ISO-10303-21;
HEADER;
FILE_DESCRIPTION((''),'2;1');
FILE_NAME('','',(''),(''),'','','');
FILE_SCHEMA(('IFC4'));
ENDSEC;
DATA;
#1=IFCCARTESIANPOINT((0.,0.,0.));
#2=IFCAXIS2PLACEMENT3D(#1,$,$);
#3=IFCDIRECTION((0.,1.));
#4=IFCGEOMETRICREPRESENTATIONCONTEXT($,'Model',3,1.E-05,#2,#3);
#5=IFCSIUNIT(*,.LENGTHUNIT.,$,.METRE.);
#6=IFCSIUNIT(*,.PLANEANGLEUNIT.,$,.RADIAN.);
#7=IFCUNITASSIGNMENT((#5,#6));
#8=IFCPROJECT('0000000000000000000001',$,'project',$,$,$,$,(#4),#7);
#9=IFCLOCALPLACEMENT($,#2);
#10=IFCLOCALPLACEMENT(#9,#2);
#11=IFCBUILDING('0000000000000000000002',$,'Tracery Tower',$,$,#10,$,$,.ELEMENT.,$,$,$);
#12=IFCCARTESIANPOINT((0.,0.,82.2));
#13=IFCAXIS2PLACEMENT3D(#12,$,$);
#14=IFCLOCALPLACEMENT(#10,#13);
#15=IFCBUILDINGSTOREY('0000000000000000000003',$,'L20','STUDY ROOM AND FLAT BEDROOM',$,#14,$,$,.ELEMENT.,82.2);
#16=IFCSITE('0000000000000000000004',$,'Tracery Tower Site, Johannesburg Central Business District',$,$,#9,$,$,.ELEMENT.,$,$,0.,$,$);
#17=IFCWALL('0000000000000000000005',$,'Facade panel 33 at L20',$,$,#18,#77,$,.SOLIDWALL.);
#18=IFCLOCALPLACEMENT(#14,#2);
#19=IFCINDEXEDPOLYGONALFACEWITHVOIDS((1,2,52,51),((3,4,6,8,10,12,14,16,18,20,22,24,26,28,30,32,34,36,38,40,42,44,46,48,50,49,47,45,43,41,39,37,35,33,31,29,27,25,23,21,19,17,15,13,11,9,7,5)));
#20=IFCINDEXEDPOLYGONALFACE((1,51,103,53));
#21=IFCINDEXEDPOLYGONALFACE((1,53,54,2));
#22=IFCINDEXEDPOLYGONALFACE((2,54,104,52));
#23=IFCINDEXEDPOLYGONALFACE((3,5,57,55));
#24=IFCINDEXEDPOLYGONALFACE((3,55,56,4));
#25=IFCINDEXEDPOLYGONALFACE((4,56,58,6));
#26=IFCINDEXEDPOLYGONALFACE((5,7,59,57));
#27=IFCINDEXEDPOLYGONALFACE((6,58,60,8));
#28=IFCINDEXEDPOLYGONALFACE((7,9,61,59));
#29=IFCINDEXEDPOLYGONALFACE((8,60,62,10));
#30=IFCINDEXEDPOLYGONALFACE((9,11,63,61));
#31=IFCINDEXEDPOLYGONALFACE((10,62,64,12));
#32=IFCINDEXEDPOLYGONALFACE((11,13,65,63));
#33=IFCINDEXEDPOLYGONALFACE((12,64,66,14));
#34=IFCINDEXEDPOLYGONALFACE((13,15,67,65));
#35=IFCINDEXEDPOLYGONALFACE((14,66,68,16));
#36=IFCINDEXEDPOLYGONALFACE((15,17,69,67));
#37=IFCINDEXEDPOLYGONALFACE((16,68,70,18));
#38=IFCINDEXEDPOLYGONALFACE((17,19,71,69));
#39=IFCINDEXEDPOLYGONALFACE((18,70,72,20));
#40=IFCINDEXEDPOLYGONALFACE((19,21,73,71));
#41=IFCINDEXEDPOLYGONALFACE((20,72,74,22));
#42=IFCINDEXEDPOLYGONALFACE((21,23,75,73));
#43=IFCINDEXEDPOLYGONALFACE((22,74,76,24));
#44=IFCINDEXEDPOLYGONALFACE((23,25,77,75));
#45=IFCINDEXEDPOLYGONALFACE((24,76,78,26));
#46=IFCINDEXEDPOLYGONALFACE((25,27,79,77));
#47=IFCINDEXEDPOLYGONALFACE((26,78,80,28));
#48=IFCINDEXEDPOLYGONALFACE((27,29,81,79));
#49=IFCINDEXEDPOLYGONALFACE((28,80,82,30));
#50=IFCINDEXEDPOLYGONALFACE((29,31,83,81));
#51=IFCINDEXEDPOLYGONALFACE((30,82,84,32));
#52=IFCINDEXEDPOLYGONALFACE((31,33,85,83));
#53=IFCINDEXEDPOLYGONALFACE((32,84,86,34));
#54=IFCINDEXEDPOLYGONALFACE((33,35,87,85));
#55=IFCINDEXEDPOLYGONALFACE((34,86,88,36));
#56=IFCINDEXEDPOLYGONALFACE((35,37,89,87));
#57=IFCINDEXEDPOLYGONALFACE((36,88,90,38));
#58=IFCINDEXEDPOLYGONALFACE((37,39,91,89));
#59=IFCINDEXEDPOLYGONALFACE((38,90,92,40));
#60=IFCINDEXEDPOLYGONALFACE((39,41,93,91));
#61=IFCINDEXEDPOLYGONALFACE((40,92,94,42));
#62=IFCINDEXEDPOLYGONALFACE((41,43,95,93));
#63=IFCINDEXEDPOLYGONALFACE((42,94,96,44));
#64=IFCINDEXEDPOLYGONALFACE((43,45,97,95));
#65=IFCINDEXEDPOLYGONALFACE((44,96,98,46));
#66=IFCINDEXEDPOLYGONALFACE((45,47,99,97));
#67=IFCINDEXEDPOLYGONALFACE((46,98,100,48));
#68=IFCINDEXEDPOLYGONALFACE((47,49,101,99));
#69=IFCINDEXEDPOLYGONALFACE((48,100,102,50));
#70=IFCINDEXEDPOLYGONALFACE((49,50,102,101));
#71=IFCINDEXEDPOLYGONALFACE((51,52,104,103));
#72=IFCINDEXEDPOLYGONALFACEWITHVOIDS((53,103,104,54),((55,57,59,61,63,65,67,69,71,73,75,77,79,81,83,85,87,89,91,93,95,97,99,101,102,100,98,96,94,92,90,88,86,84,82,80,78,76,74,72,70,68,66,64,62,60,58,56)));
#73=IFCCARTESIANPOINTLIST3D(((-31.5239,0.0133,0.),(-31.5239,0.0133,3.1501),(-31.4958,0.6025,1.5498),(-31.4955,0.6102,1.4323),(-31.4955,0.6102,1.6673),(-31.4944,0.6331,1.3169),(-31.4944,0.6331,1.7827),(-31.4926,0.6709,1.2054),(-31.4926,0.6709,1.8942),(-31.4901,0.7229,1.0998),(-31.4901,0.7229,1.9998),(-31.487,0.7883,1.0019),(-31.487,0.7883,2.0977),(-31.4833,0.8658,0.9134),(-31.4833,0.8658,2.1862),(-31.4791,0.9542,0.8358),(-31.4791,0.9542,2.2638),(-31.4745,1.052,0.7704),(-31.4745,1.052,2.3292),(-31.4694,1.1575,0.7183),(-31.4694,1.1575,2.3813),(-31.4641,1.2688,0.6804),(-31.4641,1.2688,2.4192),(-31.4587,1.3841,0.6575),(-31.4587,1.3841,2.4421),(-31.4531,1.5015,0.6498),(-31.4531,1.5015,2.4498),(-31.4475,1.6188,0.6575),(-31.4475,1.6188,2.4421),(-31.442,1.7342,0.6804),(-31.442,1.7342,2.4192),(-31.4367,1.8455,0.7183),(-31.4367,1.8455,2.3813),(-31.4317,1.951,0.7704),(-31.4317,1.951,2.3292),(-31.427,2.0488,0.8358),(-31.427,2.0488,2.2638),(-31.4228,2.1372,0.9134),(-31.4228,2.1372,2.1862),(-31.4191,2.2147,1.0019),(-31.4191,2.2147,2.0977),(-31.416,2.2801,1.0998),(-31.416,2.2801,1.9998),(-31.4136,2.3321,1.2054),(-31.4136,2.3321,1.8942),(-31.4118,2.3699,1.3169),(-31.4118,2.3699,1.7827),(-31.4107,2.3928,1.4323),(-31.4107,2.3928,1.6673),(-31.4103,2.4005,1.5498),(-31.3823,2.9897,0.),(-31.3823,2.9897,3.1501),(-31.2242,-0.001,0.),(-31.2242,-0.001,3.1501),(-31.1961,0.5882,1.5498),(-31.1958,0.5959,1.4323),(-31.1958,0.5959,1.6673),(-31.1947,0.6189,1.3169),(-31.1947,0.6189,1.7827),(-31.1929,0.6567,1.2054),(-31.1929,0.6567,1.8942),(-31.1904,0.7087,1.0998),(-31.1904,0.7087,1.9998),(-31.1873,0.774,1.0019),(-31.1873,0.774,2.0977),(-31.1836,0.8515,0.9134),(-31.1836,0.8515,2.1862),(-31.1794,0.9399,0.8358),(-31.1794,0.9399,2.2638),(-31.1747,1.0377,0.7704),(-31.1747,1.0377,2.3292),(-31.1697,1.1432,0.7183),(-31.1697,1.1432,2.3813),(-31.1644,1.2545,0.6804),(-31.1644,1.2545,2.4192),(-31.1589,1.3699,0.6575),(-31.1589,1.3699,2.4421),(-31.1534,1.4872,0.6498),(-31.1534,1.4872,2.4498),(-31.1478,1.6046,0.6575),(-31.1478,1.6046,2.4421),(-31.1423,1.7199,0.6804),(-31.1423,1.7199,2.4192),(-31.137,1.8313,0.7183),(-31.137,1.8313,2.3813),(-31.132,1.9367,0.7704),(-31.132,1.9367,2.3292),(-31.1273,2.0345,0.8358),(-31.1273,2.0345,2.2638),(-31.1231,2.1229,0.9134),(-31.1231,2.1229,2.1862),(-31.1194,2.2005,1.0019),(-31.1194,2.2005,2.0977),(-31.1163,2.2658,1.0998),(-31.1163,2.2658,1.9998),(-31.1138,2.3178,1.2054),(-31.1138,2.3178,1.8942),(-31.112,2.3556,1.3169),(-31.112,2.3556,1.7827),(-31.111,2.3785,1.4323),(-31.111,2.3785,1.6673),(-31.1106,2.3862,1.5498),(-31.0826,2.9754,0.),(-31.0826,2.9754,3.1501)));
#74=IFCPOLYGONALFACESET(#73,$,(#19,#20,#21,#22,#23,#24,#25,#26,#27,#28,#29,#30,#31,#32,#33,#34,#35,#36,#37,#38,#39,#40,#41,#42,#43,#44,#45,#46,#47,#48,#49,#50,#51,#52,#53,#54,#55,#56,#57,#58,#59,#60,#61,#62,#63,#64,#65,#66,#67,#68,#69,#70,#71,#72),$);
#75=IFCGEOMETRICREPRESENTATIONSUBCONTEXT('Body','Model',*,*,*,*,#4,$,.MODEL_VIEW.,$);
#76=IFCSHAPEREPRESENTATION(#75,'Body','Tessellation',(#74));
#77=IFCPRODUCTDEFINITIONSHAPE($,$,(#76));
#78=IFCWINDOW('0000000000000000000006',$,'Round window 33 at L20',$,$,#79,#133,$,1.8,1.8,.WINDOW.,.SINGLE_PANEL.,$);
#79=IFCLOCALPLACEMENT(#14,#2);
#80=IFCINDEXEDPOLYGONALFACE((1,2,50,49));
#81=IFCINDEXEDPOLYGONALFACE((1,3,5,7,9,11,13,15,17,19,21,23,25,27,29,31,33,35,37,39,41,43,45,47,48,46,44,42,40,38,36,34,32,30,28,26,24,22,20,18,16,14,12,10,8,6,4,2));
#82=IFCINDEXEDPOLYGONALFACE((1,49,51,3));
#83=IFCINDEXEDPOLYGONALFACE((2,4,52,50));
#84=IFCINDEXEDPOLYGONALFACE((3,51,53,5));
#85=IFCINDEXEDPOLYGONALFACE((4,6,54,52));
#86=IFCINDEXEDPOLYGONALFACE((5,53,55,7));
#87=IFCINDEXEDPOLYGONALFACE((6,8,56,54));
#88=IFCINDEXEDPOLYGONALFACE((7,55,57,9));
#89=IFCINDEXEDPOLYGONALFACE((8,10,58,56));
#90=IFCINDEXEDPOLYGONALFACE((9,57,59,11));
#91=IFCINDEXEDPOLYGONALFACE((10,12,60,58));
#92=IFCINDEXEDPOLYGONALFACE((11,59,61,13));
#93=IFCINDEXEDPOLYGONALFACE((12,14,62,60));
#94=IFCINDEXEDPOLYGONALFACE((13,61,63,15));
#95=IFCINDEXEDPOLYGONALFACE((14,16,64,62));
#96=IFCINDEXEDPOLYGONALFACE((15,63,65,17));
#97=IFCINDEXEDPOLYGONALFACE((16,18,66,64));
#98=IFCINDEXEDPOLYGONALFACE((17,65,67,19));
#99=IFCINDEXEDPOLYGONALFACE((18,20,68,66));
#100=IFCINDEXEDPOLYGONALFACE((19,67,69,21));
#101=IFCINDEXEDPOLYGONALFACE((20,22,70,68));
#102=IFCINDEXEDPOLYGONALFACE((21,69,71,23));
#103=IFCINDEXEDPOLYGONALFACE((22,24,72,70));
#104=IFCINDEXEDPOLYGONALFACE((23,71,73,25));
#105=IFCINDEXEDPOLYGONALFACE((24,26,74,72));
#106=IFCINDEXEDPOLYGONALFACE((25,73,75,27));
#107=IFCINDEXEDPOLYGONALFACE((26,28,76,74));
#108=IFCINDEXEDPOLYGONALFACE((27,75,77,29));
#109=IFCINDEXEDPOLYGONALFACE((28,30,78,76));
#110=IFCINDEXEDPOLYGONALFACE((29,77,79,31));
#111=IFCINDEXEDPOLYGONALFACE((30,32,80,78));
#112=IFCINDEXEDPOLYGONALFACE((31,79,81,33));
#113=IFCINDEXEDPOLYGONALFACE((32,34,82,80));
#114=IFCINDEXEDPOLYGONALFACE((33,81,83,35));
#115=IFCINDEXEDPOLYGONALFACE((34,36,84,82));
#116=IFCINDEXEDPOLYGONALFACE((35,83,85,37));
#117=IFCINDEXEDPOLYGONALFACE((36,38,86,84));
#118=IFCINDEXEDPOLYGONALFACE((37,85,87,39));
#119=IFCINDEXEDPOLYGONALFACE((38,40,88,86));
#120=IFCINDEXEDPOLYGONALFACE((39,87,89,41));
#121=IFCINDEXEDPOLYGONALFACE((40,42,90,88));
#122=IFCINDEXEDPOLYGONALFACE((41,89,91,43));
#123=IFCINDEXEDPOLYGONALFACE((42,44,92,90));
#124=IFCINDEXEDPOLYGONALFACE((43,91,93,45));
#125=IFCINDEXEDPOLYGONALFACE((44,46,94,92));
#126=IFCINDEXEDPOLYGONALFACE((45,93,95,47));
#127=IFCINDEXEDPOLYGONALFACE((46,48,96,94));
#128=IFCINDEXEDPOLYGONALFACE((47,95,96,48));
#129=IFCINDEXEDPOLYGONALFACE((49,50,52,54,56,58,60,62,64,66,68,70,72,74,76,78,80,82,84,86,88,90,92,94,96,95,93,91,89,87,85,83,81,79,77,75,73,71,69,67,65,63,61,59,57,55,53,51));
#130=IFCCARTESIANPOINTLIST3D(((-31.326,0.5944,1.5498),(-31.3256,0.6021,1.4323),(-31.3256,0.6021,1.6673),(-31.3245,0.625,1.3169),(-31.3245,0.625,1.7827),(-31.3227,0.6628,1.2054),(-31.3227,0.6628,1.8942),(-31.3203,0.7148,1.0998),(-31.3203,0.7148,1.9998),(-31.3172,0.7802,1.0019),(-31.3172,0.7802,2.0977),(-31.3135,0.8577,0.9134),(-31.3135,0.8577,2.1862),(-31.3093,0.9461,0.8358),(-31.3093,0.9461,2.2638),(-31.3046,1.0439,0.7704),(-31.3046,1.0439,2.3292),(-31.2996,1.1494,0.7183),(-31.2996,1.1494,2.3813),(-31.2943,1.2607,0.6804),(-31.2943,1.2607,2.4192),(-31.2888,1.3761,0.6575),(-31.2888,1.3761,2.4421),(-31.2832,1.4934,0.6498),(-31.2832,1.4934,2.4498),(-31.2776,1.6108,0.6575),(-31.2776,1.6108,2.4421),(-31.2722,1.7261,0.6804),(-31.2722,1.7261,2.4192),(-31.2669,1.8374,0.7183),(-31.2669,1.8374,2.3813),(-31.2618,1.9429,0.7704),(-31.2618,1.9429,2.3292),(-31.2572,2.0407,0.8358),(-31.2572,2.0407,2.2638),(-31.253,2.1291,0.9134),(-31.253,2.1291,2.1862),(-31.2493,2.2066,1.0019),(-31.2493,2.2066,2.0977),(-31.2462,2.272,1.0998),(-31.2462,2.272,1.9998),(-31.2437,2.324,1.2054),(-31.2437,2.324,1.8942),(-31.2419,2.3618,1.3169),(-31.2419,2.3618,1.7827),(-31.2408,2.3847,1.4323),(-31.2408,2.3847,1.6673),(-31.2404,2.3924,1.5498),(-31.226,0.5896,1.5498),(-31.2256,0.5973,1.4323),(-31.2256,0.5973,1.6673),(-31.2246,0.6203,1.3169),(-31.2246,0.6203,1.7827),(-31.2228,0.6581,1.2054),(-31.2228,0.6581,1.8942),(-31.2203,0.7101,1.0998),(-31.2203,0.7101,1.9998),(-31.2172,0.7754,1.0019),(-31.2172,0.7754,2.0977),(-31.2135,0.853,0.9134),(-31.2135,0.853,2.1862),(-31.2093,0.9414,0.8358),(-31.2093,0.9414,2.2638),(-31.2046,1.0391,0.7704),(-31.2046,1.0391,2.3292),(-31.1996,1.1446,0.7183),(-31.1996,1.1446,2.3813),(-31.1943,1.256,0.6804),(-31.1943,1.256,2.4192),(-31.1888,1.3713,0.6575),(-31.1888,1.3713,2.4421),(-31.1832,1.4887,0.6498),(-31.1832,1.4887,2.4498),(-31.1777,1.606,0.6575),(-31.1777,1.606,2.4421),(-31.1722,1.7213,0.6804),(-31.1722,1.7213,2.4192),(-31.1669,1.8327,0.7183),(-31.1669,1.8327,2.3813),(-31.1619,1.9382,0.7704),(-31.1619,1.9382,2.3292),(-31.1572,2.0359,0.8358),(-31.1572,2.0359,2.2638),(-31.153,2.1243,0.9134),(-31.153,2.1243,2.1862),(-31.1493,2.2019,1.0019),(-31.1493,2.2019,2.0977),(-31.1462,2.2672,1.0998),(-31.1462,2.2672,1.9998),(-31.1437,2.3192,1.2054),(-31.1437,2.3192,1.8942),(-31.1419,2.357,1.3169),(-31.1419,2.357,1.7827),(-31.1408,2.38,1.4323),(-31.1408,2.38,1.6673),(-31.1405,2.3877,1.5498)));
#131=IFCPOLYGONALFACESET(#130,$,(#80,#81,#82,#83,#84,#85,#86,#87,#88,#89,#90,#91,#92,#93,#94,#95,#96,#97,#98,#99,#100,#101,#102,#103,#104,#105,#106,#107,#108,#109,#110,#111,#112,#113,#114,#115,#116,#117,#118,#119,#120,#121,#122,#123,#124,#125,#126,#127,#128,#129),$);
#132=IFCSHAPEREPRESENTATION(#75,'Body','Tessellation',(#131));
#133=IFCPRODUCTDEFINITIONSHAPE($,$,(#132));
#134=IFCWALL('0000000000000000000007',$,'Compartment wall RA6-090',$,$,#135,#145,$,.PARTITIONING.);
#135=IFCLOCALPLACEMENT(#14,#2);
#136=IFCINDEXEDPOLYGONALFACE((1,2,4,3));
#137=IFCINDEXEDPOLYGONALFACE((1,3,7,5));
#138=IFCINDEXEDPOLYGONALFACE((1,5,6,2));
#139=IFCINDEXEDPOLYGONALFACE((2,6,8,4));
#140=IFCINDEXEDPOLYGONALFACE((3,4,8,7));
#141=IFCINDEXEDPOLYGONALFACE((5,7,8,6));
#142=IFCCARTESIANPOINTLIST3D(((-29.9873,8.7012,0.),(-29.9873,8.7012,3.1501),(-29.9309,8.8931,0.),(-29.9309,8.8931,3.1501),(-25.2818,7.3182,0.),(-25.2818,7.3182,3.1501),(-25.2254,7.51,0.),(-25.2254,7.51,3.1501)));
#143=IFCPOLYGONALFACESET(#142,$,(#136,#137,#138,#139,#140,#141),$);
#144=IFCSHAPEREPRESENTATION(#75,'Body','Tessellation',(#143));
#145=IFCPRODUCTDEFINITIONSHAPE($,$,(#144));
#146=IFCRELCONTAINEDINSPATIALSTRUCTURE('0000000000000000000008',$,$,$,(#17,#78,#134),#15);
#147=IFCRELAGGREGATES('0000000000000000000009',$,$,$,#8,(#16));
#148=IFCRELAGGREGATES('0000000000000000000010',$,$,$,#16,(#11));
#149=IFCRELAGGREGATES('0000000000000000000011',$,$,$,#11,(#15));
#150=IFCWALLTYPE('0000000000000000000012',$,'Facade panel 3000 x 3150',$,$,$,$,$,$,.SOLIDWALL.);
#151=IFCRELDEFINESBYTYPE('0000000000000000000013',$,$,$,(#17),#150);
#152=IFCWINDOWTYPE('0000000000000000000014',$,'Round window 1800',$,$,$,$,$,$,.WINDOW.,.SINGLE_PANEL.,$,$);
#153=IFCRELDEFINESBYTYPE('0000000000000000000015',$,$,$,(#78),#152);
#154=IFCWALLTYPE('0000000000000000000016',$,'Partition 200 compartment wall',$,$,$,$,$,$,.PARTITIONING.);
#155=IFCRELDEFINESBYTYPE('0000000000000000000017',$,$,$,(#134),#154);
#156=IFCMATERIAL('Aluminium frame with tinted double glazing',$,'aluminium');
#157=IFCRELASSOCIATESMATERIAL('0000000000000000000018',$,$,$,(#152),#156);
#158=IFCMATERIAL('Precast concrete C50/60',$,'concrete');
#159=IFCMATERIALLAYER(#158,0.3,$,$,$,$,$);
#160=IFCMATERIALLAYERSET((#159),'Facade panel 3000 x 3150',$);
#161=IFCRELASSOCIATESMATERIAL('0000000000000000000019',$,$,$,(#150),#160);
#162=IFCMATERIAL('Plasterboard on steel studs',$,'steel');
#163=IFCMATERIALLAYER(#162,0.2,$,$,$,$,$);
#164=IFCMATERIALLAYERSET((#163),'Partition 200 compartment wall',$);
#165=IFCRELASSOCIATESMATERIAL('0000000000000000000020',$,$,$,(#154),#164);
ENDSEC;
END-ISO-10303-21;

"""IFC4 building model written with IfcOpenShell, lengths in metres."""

from ifc_helpers import new_model, si_unit, direction, frame, frame_2d, origin, origin_2d, place, context, subcontext, project, spatial, rectangle, circle, extrude, material, layer, layer_set, type_object, element, fill, save


model = new_model("IFC4")

# Units and contexts
model_context = context("Model", 3, precision=1e-05, world=origin(), true_north=direction((0.0, 1.0)))
body_context = subcontext(model_context, "Body", "Model", "MODEL_VIEW")
ifc_project = project(units=[si_unit("LENGTHUNIT", "METRE"), si_unit("PLANEANGLEUNIT", "RADIAN")], contexts=[model_context])

# Site, building, storey
site_placement = place(None, origin())
site = spatial("IfcSite", under=ifc_project, at=site_placement, Name="Tracery Tower Site, Johannesburg Central Business District", CompositionType="ELEMENT", RefElevation=0.0)
building_placement = place(site_placement, origin())
building = spatial("IfcBuilding", under=site, at=building_placement, Name="Tracery Tower", CompositionType="ELEMENT")
storey_placement = place(building_placement, frame((0.0, 0.0, 82.2)))
storey = spatial("IfcBuildingStorey", under=building, at=storey_placement, Name="L20", Description="STUDY ROOM AND FLAT BEDROOM", CompositionType="ELEMENT", Elevation=82.2)

# Wall, opening, window
ifc_material_1 = material(Name="Aluminium frame with tinted double glazing", Category="aluminium")
window_type = type_object("IfcWindowType", Name="Round window 1800", PartitioningType="SINGLE_PANEL", PredefinedType="WINDOW", material=ifc_material_1)
ifc_material_2 = material(Name="Precast concrete C50/60", Category="concrete")
ifc_layer_1 = layer(ifc_material_2, 0.3)
ifc_layer_set_1 = layer_set([ifc_layer_1], Name="Facade panel 3000 x 3150")
wall_type_1 = type_object("IfcWallType", Name="Facade panel 3000 x 3150", PredefinedType="SOLIDWALL", material=ifc_layer_set_1)
wall_1_placement = place(storey_placement, frame((-31.2324, 2.9824, 0.0), z_axis=(0.0, 0.0, 1.0), x_axis=(-0.047522, -0.99887, 0.0)))
wall_1 = element("IfcWall", 1, at=wall_1_placement, inside=storey, type_object=wall_type_1, Name="Facade panel 33 at L20", PredefinedType="SOLIDWALL", context=body_context, shape_type="SweptSolid", body=[
    extrude(rectangle(XDim=2.9797, YDim=0.3, at=frame_2d((1.4897, 0.0))), origin(), (0.0, 0.0, 1.0), 3.1501),
])
opening_1_placement = place(wall_1_placement, frame((1.4897, 0.0, 1.5498)))
opening_1 = element("IfcOpeningElement", 2, at=opening_1_placement, cuts=wall_1, PredefinedType="OPENING", context=body_context, shape_type="SweptSolid", body=[
    extrude(circle(Radius=0.9, at=origin_2d()), frame((0.0, 0.1599, 0.0), z_axis=(0.0, -1.0, 0.0), x_axis=(1.0, 0.0, 0.0)), (0.0, 0.0, 1.0), 0.3201),
])
window_1_placement = place(opening_1_placement, origin())
window_1 = element("IfcWindow", 3, at=window_1_placement, inside=storey, type_object=window_type, Name="Round window 33 at L20", OverallHeight=1.8, OverallWidth=1.8, PartitioningType="SINGLE_PANEL", PredefinedType="WINDOW", context=body_context, shape_type="SweptSolid", body=[
    extrude(circle(Radius=0.9, at=origin_2d()), frame((0.0, 0.1201, 0.0), z_axis=(0.0, -1.0, 0.0), x_axis=(1.0, 0.0, 0.0)), (0.0, 0.0, 1.0), 0.1001),
])
fill(opening_1, window_1)

# Wall
ifc_material_3 = material(Name="Plasterboard on steel studs", Category="steel")
ifc_layer_2 = layer(ifc_material_3, 0.2)
ifc_layer_set_2 = layer_set([ifc_layer_2], Name="Partition 200 compartment wall")
wall_type_2 = type_object("IfcWallType", Name="Partition 200 compartment wall", PredefinedType="PARTITIONING", material=ifc_layer_set_2)
wall_2_placement = place(storey_placement, frame((-29.959, 8.7971, 0.0), z_axis=(0.0, 0.0, 1.0), x_axis=(0.959417, -0.281991, 0.0)))
element("IfcWall", 4, at=wall_2_placement, inside=storey, type_object=wall_type_2, Name="Compartment wall RA6-090", PredefinedType="PARTITIONING", context=body_context, shape_type="SweptSolid", body=[
    extrude(rectangle(XDim=4.9045, YDim=0.2, at=frame_2d((2.4521, 0.0))), origin(), (0.0, 0.0, 1.0), 3.1501),
])

save(model, "model.ifc")
